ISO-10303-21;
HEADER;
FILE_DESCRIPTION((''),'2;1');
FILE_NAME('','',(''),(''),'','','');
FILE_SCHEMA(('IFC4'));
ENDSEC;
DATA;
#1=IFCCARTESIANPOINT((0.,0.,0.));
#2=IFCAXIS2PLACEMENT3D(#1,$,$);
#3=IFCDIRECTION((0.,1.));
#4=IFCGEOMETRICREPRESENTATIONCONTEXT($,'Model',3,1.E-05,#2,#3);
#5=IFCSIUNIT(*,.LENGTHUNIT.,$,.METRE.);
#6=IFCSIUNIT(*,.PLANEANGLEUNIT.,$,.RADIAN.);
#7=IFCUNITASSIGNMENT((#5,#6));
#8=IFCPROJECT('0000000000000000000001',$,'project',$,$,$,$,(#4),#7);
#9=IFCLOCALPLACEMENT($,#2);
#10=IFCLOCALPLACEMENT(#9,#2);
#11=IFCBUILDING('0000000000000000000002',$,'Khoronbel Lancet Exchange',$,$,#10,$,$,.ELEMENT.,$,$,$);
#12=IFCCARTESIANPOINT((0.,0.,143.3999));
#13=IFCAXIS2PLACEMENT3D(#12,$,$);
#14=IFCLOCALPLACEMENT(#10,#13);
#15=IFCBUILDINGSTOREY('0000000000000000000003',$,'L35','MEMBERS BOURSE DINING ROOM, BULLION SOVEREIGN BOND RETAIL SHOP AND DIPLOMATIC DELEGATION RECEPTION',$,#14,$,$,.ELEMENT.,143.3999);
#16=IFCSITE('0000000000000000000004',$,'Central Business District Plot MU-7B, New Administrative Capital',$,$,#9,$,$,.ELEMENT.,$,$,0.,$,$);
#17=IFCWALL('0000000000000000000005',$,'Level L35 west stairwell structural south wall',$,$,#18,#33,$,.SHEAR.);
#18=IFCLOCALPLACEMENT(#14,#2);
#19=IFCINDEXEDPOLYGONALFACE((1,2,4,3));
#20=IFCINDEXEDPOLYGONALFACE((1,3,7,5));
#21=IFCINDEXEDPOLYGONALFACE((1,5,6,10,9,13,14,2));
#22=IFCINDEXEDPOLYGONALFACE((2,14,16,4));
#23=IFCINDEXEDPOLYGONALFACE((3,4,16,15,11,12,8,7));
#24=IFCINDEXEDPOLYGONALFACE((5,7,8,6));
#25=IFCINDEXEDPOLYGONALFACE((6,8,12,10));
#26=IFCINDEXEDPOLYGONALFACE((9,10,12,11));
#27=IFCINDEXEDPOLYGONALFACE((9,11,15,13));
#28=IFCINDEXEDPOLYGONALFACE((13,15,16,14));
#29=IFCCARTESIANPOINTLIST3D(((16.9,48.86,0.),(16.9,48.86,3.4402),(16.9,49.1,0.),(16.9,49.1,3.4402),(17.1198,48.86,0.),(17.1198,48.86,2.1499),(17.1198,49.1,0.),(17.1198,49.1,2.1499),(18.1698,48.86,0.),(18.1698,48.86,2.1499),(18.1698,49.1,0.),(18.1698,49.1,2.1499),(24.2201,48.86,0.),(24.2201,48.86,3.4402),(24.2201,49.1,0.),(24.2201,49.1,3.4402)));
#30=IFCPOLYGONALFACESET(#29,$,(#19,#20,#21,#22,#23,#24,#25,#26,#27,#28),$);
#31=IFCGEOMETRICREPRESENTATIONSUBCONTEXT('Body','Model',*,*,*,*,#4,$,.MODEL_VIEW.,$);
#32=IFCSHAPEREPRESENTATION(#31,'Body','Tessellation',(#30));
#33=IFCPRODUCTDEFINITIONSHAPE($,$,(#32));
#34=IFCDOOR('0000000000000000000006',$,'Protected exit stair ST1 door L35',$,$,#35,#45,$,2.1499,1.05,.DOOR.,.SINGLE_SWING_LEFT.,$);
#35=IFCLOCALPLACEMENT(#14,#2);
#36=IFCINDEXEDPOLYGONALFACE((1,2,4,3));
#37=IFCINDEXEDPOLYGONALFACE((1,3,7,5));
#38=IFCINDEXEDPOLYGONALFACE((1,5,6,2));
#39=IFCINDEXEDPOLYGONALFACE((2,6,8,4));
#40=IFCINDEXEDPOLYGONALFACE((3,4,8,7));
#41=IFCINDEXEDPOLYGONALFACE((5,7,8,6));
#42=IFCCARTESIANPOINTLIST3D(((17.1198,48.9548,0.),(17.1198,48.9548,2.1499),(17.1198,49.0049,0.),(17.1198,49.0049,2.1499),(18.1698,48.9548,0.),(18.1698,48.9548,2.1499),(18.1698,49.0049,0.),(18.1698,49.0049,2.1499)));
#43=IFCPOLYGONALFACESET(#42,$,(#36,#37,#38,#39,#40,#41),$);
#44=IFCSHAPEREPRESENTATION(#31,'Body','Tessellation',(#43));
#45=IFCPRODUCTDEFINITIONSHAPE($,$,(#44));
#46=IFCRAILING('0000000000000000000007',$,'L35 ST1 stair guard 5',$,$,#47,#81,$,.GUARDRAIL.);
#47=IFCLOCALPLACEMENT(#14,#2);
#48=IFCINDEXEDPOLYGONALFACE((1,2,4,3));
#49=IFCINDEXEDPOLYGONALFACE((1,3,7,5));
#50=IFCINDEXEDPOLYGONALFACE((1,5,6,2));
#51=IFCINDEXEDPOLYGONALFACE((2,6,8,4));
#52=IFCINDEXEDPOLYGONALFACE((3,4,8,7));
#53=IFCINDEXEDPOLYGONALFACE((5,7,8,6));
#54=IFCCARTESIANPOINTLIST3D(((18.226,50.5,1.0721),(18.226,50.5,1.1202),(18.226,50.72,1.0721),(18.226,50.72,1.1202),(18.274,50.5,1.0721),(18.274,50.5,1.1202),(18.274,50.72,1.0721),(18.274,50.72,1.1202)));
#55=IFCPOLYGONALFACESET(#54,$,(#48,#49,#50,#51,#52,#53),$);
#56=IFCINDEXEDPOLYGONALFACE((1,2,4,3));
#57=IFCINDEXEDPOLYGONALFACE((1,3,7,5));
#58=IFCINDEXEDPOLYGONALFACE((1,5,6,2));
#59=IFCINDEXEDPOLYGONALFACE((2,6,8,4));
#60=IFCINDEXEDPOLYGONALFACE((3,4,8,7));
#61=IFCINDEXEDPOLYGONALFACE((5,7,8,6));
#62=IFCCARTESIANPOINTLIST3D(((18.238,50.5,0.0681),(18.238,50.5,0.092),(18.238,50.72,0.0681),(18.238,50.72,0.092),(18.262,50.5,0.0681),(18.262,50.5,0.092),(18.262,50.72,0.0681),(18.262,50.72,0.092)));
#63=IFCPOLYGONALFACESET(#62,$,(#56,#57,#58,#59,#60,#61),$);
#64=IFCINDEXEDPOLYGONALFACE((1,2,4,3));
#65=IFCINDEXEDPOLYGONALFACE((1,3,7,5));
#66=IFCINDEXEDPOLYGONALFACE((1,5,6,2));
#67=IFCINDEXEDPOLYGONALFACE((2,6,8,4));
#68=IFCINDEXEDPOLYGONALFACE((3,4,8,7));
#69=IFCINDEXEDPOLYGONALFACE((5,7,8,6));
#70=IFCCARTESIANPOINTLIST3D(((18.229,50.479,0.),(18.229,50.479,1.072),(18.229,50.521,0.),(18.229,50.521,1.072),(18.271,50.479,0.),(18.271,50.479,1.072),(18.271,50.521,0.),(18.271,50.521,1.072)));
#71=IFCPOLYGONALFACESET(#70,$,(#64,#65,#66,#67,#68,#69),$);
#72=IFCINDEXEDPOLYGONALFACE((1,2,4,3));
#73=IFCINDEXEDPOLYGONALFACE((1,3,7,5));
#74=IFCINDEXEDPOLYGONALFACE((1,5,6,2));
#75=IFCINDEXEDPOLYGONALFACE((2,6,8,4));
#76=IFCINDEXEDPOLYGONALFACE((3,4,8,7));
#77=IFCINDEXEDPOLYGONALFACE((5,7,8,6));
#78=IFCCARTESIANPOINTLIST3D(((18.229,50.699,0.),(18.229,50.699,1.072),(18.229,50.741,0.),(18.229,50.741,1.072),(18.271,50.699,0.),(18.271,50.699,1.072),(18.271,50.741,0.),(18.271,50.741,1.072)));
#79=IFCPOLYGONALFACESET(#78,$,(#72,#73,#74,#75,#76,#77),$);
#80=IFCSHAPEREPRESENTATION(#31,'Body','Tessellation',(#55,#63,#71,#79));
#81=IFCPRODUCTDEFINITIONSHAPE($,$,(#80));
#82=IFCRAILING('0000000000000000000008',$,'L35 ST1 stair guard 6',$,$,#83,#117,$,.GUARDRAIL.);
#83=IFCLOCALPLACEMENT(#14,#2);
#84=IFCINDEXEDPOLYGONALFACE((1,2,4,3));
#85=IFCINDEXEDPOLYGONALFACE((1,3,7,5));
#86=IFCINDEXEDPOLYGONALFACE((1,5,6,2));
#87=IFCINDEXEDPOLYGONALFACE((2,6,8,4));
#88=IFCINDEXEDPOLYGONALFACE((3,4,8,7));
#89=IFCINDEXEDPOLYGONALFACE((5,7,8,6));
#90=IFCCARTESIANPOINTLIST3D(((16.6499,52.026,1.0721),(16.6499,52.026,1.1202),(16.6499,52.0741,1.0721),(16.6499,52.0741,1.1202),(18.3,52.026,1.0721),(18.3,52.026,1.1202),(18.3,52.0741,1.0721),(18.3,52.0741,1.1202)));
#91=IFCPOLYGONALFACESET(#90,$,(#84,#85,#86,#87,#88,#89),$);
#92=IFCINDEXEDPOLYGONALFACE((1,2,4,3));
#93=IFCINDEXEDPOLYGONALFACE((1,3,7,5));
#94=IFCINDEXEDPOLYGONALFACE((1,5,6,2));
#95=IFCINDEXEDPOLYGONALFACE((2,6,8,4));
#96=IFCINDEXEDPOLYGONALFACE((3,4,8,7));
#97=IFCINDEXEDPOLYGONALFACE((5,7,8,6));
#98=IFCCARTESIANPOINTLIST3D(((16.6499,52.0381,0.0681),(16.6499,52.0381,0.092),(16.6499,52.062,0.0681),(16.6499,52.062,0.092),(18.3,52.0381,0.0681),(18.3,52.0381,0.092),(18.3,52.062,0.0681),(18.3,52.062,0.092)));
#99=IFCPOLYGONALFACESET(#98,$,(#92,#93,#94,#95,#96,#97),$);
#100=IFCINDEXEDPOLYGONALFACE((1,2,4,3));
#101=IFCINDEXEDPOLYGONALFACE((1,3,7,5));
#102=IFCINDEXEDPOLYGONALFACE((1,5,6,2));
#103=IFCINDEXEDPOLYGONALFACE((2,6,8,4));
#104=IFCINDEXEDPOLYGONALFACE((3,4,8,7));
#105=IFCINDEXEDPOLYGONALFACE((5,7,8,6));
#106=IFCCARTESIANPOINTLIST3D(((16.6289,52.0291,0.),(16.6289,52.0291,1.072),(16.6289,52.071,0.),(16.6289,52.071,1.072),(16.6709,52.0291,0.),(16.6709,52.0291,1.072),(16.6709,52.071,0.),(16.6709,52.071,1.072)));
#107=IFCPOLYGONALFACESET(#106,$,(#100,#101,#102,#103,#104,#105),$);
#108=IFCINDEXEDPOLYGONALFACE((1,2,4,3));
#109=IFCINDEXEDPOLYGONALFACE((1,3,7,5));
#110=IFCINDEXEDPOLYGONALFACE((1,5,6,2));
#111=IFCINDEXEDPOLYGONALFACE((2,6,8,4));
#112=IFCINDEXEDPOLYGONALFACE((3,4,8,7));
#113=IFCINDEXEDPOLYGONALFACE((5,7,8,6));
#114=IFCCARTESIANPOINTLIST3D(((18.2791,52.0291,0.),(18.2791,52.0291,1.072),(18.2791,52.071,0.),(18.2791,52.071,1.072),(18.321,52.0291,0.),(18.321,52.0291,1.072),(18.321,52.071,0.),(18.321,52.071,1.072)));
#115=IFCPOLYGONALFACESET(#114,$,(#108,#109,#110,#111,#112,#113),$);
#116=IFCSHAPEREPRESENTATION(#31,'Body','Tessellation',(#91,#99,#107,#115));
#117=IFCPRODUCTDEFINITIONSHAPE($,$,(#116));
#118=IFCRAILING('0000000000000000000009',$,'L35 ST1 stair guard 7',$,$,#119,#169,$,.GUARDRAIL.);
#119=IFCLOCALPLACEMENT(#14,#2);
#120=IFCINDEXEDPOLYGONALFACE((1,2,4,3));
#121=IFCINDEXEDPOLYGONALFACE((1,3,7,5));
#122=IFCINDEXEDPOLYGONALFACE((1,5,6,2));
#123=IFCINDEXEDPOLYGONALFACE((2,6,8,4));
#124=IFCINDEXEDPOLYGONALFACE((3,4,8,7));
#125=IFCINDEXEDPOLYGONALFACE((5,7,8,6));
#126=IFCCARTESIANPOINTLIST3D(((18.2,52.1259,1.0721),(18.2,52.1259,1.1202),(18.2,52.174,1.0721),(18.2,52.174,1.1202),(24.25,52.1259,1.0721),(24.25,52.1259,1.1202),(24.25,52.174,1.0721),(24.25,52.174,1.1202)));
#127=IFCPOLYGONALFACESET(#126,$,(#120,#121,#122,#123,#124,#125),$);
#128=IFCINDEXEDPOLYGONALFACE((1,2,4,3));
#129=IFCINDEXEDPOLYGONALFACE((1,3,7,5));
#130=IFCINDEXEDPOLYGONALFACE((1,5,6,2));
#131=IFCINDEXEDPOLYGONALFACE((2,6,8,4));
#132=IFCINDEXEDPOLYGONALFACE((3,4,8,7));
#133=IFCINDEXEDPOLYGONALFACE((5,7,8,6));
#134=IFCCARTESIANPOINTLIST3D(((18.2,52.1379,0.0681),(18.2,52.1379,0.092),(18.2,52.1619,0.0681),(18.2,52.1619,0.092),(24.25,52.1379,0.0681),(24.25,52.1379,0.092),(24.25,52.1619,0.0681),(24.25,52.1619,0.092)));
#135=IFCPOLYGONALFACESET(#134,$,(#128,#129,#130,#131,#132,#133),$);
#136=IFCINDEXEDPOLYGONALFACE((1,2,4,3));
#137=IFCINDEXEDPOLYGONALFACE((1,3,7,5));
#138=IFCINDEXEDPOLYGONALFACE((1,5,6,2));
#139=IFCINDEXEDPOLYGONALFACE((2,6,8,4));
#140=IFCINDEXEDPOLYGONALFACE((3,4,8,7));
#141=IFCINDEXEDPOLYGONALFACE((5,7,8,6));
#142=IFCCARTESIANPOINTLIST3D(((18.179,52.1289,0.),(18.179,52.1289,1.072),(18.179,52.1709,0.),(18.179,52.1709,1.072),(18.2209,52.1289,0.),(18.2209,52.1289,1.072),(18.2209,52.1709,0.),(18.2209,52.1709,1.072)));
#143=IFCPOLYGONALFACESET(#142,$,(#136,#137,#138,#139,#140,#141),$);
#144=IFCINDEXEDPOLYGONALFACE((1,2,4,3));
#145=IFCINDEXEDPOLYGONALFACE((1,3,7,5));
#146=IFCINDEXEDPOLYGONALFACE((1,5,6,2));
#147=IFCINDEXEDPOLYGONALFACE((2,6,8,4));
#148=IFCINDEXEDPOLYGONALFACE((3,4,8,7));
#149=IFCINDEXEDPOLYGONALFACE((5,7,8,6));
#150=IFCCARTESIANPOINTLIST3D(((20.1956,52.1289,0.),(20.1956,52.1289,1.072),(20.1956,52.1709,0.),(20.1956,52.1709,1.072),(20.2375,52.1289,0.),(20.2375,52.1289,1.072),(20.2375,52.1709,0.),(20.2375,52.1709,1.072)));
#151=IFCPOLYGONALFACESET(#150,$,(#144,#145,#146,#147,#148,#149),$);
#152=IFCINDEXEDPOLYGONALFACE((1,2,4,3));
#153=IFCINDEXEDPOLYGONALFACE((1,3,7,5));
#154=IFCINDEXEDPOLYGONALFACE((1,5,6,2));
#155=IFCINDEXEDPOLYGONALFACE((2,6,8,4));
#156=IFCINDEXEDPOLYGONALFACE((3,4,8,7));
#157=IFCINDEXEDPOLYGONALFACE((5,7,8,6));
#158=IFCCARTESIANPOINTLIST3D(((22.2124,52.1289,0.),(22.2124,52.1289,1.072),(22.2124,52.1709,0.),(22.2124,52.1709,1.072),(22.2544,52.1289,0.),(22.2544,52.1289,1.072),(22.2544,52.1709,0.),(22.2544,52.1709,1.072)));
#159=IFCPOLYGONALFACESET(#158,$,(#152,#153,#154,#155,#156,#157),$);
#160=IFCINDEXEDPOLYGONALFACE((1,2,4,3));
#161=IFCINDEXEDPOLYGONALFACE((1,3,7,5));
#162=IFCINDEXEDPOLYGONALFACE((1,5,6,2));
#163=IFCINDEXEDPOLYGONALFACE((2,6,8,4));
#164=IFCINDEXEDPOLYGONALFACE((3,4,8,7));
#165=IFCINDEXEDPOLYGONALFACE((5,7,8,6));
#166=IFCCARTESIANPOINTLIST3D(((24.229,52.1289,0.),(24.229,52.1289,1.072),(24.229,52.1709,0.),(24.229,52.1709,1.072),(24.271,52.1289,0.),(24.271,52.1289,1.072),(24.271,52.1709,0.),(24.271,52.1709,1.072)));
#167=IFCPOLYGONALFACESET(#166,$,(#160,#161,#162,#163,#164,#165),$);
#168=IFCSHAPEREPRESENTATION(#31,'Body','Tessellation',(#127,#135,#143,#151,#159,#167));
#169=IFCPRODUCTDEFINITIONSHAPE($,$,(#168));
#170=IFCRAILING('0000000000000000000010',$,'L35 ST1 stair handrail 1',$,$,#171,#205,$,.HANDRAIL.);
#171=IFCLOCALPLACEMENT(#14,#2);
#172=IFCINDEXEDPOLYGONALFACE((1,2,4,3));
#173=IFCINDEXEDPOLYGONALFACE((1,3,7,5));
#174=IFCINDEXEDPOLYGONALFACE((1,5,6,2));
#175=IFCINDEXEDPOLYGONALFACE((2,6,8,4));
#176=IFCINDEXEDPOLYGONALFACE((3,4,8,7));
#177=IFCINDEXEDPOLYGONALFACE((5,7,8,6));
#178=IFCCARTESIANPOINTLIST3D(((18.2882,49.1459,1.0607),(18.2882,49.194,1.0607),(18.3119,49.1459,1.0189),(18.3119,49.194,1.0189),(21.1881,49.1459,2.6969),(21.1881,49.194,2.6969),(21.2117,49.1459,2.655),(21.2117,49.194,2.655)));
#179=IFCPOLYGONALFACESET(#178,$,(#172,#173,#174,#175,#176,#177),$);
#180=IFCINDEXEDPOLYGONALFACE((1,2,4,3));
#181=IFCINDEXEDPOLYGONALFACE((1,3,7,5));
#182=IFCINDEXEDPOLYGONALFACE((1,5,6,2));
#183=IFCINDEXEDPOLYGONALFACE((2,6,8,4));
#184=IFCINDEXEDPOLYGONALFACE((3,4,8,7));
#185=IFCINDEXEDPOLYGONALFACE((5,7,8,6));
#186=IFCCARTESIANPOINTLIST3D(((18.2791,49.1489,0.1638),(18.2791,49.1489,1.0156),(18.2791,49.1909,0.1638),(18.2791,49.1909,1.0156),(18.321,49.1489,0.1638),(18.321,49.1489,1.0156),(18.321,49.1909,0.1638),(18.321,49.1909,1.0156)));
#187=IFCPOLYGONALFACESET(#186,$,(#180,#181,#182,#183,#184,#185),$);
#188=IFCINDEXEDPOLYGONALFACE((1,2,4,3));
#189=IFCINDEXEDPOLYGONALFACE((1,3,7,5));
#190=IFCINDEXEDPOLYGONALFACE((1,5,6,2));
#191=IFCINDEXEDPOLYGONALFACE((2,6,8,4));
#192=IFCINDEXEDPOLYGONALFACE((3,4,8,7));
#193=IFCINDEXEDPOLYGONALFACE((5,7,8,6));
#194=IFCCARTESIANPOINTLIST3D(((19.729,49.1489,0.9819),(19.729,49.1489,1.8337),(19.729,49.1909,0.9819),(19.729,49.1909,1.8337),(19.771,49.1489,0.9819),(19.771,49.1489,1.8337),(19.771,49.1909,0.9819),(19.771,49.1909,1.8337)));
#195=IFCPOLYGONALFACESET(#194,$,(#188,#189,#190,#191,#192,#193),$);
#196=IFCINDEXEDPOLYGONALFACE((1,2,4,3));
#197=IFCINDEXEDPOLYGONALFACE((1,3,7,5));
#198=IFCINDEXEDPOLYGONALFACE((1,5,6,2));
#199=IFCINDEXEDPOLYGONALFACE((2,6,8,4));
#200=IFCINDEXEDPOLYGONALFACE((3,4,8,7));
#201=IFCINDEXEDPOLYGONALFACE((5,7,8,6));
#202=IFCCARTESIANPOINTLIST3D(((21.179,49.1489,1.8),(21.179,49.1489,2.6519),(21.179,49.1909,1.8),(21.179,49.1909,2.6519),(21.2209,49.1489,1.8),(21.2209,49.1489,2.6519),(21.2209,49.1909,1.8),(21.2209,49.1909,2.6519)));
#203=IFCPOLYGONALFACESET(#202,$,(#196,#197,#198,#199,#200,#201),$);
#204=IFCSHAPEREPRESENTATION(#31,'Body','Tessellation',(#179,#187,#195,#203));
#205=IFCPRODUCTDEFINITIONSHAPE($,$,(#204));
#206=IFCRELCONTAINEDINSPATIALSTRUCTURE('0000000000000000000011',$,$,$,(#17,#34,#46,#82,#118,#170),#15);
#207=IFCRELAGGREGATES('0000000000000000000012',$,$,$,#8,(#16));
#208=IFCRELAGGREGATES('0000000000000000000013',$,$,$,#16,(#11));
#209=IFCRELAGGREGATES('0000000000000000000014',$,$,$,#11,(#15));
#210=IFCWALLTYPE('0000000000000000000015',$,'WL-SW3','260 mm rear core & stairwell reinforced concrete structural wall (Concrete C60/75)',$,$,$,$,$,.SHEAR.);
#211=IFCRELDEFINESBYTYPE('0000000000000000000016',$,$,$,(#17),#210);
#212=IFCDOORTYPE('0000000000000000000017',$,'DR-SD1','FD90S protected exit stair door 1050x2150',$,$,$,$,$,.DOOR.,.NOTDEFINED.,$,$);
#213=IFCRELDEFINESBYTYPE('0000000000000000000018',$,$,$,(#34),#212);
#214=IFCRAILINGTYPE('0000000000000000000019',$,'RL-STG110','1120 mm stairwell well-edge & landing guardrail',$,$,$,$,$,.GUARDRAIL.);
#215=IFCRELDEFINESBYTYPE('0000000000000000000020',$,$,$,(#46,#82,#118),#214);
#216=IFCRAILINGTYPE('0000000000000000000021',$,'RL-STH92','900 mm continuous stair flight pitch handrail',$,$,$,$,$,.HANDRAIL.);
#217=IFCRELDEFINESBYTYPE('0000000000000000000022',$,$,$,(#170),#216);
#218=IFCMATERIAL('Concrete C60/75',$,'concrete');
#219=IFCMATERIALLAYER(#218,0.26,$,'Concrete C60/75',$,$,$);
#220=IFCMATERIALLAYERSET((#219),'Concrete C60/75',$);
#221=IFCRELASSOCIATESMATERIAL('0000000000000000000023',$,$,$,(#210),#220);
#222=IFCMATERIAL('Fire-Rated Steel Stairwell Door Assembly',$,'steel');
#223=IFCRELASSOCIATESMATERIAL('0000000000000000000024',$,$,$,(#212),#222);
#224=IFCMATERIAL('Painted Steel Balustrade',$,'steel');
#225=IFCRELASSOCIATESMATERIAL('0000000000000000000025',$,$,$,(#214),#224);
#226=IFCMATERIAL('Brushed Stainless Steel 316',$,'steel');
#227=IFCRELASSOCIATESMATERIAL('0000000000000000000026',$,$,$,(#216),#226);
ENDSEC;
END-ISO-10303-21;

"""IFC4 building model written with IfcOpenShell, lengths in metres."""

from ifc_helpers import new_model, si_unit, direction, frame, frame_2d, origin, origin_2d, place, context, subcontext, project, spatial, rectangle, extrude, material, layer, layer_set, type_object, element, fill, save


model = new_model("IFC4")

# Units and contexts
model_context = context("Model", 3, precision=1e-05, world=origin(), true_north=direction((0.0, 1.0)))
body_context = subcontext(model_context, "Body", "Model", "MODEL_VIEW")
ifc_project = project(units=[si_unit("LENGTHUNIT", "METRE"), si_unit("PLANEANGLEUNIT", "RADIAN")], contexts=[model_context])

# Site, building, storey
site_placement = place(None, origin())
site = spatial("IfcSite", under=ifc_project, at=site_placement, Name="Central Business District Plot MU-7B, New Administrative Capital", CompositionType="ELEMENT", RefElevation=0.0)
building_placement = place(site_placement, origin())
building = spatial("IfcBuilding", under=site, at=building_placement, Name="Khoronbel Lancet Exchange", CompositionType="ELEMENT")
storey_placement = place(building_placement, frame((0.0, 0.0, 143.3999)))
storey = spatial("IfcBuildingStorey", under=building, at=storey_placement, Name="L35", Description="MEMBERS BOURSE DINING ROOM, BULLION SOVEREIGN BOND RETAIL SHOP AND DIPLOMATIC DELEGATION RECEPTION", CompositionType="ELEMENT", Elevation=143.3999)

# Wall, opening, door
ifc_material_1 = material(Name="Concrete C60/75", Category="concrete")
ifc_layer_1 = layer(ifc_material_1, 0.26, Name="Concrete C60/75")
ifc_layer_set_1 = layer_set([ifc_layer_1], Name="Concrete C60/75")
wall_type_1 = type_object("IfcWallType", Name="WL-SW3", Description="260 mm rear core & stairwell reinforced concrete structural wall (Concrete C60/75)", PredefinedType="SHEAR", material=ifc_layer_set_1)
wall_1_placement = place(storey_placement, frame((16.8999, 48.98, 0.0), z_axis=(0.0, 0.0, 1.0), x_axis=(1.0, 0.0, 0.0)))
wall_1 = element("IfcWall", 1, at=wall_1_placement, inside=storey, type_object=wall_type_1, Name="Level L35 west stairwell structural south wall", PredefinedType="SHEAR", context=body_context, shape_type="SweptSolid", body=[
    extrude(rectangle(XDim=7.3201, YDim=0.24, at=frame_2d((3.6602, 0.0))), origin(), (0.0, 0.0, 1.0), 3.4402),
])
opening_placement = place(wall_1_placement, frame((0.22, 0.0, 0.0)))
opening = element("IfcOpeningElement", 2, at=opening_placement, cuts=wall_1, PredefinedType="OPENING", context=body_context, shape_type="SweptSolid", body=[
    extrude(rectangle(XDim=1.05, YDim=2.1499, at=frame_2d((0.5249, 1.075))), frame((0.0, 0.1299, 0.0), z_axis=(0.0, -1.0, 0.0), x_axis=(1.0, 0.0, 0.0)), (0.0, 0.0, 1.0), 0.26),
])
ifc_material_2 = material(Name="Fire-Rated Steel Stairwell Door Assembly", Category="steel")
door_type = type_object("IfcDoorType", Name="DR-SD1", Description="FD90S protected exit stair door 1050x2150", OperationType="NOTDEFINED", PredefinedType="DOOR", material=ifc_material_2)
door_placement = place(opening_placement, origin())
door = element("IfcDoor", 3, at=door_placement, inside=storey, type_object=door_type, Name="Protected exit stair ST1 door L35", OperationType="SINGLE_SWING_LEFT", OverallHeight=2.1499, OverallWidth=1.05, PredefinedType="DOOR", context=body_context, shape_type="SweptSolid", body=[
    extrude(rectangle(XDim=1.05, YDim=2.1499, at=frame_2d((0.5249, 1.075))), frame((0.0, 0.0249, 0.0), z_axis=(0.0, -1.0, 0.0), x_axis=(1.0, 0.0, 0.0)), (0.0, 0.0, 1.0), 0.05),
])
fill(opening, door)

# Railings
ifc_material_3 = material(Name="Painted Steel Balustrade", Category="steel")
railing_type_1 = type_object("IfcRailingType", Name="RL-STG110", Description="1120 mm stairwell well-edge & landing guardrail", PredefinedType="GUARDRAIL", material=ifc_material_3)
railing_1_placement = place(storey_placement, frame((18.25, 50.5, 0.0)))
element("IfcRailing", 4, at=railing_1_placement, inside=storey, type_object=railing_type_1, Name="L35 ST1 stair guard 5", PredefinedType="GUARDRAIL", context=body_context, shape_type="SweptSolid", body=[
    extrude(rectangle(XDim=0.0481, YDim=0.0481, at=origin_2d()), frame((0.0, 0.0, 1.0962), z_axis=(0.0, 1.0, 0.0), x_axis=(-1.0, 0.0, 0.0)), (0.0, 0.0, 1.0), 0.22),
    extrude(rectangle(XDim=0.0239, YDim=0.0239, at=origin_2d()), frame((0.0, 0.0, 0.0801), z_axis=(0.0, 1.0, 0.0), x_axis=(-1.0, 0.0, 0.0)), (0.0, 0.0, 1.0), 0.22),
    extrude(rectangle(XDim=0.042, YDim=0.042, at=origin_2d()), origin(), (0.0, 0.0, 1.0), 1.072),
    extrude(rectangle(XDim=0.042, YDim=0.042, at=origin_2d()), frame((0.0, 0.22, 0.0)), (0.0, 0.0, 1.0), 1.072),
])
railing_2_placement = place(storey_placement, frame((16.6499, 52.05, 0.0)))
element("IfcRailing", 5, at=railing_2_placement, inside=storey, type_object=railing_type_1, Name="L35 ST1 stair guard 6", PredefinedType="GUARDRAIL", context=body_context, shape_type="SweptSolid", body=[
    extrude(rectangle(XDim=0.0481, YDim=0.0481, at=origin_2d()), frame((0.0, 0.0, 1.0962), z_axis=(1.0, 0.0, 0.0), x_axis=(0.0, 1.0, 0.0)), (0.0, 0.0, 1.0), 1.6501),
    extrude(rectangle(XDim=0.0239, YDim=0.0239, at=origin_2d()), frame((0.0, 0.0, 0.0801), z_axis=(1.0, 0.0, 0.0), x_axis=(0.0, 1.0, 0.0)), (0.0, 0.0, 1.0), 1.6501),
    extrude(rectangle(XDim=0.042, YDim=0.042, at=origin_2d()), origin(), (0.0, 0.0, 1.0), 1.072),
    extrude(rectangle(XDim=0.042, YDim=0.042, at=origin_2d()), frame((1.6501, 0.0, 0.0)), (0.0, 0.0, 1.0), 1.072),
])
railing_3_placement = place(storey_placement, frame((18.2, 52.1499, 0.0)))
element("IfcRailing", 6, at=railing_3_placement, inside=storey, type_object=railing_type_1, Name="L35 ST1 stair guard 7", PredefinedType="GUARDRAIL", context=body_context, shape_type="SweptSolid", body=[
    extrude(rectangle(XDim=0.0481, YDim=0.0481, at=origin_2d()), frame((0.0, 0.0, 1.0962), z_axis=(1.0, 0.0, 0.0), x_axis=(0.0, 1.0, 0.0)), (0.0, 0.0, 1.0), 6.05),
    extrude(rectangle(XDim=0.0239, YDim=0.0239, at=origin_2d()), frame((0.0, 0.0, 0.0801), z_axis=(1.0, 0.0, 0.0), x_axis=(0.0, 1.0, 0.0)), (0.0, 0.0, 1.0), 6.05),
    extrude(rectangle(XDim=0.042, YDim=0.042, at=origin_2d()), origin(), (0.0, 0.0, 1.0), 1.072),
    extrude(rectangle(XDim=0.042, YDim=0.042, at=origin_2d()), frame((2.0166, 0.0, 0.0)), (0.0, 0.0, 1.0), 1.072),
    extrude(rectangle(XDim=0.042, YDim=0.042, at=origin_2d()), frame((4.0334, 0.0, 0.0)), (0.0, 0.0, 1.0), 1.072),
    extrude(rectangle(XDim=0.042, YDim=0.042, at=origin_2d()), frame((6.05, 0.0, 0.0)), (0.0, 0.0, 1.0), 1.072),
])
ifc_material_4 = material(Name="Brushed Stainless Steel 316", Category="steel")
railing_type_2 = type_object("IfcRailingType", Name="RL-STH92", Description="900 mm continuous stair flight pitch handrail", PredefinedType="HANDRAIL", material=ifc_material_4)
railing_4_placement = place(storey_placement, frame((18.3, 49.1699, 0.1638)))
element("IfcRailing", 7, at=railing_4_placement, inside=storey, type_object=railing_type_2, Name="L35 ST1 stair handrail 1", PredefinedType="HANDRAIL", context=body_context, shape_type="SweptSolid", body=[
    extrude(rectangle(XDim=0.0481, YDim=0.0481, at=origin_2d()), frame((0.0, 0.0, 0.876), z_axis=(0.870929, 0.0, 0.49141), x_axis=(0.0, 1.0, 0.0)), (0.0, 0.0, 1.0), 3.3296),
    extrude(rectangle(XDim=0.042, YDim=0.042, at=origin_2d()), origin(), (0.0, 0.0, 1.0), 0.8518),
    extrude(rectangle(XDim=0.042, YDim=0.042, at=origin_2d()), frame((1.45, 0.0, 0.8181)), (0.0, 0.0, 1.0), 0.8518),
    extrude(rectangle(XDim=0.042, YDim=0.042, at=origin_2d()), frame((2.8999, 0.0, 1.6362)), (0.0, 0.0, 1.0), 0.8518),
])

save(model, "model.ifc")
